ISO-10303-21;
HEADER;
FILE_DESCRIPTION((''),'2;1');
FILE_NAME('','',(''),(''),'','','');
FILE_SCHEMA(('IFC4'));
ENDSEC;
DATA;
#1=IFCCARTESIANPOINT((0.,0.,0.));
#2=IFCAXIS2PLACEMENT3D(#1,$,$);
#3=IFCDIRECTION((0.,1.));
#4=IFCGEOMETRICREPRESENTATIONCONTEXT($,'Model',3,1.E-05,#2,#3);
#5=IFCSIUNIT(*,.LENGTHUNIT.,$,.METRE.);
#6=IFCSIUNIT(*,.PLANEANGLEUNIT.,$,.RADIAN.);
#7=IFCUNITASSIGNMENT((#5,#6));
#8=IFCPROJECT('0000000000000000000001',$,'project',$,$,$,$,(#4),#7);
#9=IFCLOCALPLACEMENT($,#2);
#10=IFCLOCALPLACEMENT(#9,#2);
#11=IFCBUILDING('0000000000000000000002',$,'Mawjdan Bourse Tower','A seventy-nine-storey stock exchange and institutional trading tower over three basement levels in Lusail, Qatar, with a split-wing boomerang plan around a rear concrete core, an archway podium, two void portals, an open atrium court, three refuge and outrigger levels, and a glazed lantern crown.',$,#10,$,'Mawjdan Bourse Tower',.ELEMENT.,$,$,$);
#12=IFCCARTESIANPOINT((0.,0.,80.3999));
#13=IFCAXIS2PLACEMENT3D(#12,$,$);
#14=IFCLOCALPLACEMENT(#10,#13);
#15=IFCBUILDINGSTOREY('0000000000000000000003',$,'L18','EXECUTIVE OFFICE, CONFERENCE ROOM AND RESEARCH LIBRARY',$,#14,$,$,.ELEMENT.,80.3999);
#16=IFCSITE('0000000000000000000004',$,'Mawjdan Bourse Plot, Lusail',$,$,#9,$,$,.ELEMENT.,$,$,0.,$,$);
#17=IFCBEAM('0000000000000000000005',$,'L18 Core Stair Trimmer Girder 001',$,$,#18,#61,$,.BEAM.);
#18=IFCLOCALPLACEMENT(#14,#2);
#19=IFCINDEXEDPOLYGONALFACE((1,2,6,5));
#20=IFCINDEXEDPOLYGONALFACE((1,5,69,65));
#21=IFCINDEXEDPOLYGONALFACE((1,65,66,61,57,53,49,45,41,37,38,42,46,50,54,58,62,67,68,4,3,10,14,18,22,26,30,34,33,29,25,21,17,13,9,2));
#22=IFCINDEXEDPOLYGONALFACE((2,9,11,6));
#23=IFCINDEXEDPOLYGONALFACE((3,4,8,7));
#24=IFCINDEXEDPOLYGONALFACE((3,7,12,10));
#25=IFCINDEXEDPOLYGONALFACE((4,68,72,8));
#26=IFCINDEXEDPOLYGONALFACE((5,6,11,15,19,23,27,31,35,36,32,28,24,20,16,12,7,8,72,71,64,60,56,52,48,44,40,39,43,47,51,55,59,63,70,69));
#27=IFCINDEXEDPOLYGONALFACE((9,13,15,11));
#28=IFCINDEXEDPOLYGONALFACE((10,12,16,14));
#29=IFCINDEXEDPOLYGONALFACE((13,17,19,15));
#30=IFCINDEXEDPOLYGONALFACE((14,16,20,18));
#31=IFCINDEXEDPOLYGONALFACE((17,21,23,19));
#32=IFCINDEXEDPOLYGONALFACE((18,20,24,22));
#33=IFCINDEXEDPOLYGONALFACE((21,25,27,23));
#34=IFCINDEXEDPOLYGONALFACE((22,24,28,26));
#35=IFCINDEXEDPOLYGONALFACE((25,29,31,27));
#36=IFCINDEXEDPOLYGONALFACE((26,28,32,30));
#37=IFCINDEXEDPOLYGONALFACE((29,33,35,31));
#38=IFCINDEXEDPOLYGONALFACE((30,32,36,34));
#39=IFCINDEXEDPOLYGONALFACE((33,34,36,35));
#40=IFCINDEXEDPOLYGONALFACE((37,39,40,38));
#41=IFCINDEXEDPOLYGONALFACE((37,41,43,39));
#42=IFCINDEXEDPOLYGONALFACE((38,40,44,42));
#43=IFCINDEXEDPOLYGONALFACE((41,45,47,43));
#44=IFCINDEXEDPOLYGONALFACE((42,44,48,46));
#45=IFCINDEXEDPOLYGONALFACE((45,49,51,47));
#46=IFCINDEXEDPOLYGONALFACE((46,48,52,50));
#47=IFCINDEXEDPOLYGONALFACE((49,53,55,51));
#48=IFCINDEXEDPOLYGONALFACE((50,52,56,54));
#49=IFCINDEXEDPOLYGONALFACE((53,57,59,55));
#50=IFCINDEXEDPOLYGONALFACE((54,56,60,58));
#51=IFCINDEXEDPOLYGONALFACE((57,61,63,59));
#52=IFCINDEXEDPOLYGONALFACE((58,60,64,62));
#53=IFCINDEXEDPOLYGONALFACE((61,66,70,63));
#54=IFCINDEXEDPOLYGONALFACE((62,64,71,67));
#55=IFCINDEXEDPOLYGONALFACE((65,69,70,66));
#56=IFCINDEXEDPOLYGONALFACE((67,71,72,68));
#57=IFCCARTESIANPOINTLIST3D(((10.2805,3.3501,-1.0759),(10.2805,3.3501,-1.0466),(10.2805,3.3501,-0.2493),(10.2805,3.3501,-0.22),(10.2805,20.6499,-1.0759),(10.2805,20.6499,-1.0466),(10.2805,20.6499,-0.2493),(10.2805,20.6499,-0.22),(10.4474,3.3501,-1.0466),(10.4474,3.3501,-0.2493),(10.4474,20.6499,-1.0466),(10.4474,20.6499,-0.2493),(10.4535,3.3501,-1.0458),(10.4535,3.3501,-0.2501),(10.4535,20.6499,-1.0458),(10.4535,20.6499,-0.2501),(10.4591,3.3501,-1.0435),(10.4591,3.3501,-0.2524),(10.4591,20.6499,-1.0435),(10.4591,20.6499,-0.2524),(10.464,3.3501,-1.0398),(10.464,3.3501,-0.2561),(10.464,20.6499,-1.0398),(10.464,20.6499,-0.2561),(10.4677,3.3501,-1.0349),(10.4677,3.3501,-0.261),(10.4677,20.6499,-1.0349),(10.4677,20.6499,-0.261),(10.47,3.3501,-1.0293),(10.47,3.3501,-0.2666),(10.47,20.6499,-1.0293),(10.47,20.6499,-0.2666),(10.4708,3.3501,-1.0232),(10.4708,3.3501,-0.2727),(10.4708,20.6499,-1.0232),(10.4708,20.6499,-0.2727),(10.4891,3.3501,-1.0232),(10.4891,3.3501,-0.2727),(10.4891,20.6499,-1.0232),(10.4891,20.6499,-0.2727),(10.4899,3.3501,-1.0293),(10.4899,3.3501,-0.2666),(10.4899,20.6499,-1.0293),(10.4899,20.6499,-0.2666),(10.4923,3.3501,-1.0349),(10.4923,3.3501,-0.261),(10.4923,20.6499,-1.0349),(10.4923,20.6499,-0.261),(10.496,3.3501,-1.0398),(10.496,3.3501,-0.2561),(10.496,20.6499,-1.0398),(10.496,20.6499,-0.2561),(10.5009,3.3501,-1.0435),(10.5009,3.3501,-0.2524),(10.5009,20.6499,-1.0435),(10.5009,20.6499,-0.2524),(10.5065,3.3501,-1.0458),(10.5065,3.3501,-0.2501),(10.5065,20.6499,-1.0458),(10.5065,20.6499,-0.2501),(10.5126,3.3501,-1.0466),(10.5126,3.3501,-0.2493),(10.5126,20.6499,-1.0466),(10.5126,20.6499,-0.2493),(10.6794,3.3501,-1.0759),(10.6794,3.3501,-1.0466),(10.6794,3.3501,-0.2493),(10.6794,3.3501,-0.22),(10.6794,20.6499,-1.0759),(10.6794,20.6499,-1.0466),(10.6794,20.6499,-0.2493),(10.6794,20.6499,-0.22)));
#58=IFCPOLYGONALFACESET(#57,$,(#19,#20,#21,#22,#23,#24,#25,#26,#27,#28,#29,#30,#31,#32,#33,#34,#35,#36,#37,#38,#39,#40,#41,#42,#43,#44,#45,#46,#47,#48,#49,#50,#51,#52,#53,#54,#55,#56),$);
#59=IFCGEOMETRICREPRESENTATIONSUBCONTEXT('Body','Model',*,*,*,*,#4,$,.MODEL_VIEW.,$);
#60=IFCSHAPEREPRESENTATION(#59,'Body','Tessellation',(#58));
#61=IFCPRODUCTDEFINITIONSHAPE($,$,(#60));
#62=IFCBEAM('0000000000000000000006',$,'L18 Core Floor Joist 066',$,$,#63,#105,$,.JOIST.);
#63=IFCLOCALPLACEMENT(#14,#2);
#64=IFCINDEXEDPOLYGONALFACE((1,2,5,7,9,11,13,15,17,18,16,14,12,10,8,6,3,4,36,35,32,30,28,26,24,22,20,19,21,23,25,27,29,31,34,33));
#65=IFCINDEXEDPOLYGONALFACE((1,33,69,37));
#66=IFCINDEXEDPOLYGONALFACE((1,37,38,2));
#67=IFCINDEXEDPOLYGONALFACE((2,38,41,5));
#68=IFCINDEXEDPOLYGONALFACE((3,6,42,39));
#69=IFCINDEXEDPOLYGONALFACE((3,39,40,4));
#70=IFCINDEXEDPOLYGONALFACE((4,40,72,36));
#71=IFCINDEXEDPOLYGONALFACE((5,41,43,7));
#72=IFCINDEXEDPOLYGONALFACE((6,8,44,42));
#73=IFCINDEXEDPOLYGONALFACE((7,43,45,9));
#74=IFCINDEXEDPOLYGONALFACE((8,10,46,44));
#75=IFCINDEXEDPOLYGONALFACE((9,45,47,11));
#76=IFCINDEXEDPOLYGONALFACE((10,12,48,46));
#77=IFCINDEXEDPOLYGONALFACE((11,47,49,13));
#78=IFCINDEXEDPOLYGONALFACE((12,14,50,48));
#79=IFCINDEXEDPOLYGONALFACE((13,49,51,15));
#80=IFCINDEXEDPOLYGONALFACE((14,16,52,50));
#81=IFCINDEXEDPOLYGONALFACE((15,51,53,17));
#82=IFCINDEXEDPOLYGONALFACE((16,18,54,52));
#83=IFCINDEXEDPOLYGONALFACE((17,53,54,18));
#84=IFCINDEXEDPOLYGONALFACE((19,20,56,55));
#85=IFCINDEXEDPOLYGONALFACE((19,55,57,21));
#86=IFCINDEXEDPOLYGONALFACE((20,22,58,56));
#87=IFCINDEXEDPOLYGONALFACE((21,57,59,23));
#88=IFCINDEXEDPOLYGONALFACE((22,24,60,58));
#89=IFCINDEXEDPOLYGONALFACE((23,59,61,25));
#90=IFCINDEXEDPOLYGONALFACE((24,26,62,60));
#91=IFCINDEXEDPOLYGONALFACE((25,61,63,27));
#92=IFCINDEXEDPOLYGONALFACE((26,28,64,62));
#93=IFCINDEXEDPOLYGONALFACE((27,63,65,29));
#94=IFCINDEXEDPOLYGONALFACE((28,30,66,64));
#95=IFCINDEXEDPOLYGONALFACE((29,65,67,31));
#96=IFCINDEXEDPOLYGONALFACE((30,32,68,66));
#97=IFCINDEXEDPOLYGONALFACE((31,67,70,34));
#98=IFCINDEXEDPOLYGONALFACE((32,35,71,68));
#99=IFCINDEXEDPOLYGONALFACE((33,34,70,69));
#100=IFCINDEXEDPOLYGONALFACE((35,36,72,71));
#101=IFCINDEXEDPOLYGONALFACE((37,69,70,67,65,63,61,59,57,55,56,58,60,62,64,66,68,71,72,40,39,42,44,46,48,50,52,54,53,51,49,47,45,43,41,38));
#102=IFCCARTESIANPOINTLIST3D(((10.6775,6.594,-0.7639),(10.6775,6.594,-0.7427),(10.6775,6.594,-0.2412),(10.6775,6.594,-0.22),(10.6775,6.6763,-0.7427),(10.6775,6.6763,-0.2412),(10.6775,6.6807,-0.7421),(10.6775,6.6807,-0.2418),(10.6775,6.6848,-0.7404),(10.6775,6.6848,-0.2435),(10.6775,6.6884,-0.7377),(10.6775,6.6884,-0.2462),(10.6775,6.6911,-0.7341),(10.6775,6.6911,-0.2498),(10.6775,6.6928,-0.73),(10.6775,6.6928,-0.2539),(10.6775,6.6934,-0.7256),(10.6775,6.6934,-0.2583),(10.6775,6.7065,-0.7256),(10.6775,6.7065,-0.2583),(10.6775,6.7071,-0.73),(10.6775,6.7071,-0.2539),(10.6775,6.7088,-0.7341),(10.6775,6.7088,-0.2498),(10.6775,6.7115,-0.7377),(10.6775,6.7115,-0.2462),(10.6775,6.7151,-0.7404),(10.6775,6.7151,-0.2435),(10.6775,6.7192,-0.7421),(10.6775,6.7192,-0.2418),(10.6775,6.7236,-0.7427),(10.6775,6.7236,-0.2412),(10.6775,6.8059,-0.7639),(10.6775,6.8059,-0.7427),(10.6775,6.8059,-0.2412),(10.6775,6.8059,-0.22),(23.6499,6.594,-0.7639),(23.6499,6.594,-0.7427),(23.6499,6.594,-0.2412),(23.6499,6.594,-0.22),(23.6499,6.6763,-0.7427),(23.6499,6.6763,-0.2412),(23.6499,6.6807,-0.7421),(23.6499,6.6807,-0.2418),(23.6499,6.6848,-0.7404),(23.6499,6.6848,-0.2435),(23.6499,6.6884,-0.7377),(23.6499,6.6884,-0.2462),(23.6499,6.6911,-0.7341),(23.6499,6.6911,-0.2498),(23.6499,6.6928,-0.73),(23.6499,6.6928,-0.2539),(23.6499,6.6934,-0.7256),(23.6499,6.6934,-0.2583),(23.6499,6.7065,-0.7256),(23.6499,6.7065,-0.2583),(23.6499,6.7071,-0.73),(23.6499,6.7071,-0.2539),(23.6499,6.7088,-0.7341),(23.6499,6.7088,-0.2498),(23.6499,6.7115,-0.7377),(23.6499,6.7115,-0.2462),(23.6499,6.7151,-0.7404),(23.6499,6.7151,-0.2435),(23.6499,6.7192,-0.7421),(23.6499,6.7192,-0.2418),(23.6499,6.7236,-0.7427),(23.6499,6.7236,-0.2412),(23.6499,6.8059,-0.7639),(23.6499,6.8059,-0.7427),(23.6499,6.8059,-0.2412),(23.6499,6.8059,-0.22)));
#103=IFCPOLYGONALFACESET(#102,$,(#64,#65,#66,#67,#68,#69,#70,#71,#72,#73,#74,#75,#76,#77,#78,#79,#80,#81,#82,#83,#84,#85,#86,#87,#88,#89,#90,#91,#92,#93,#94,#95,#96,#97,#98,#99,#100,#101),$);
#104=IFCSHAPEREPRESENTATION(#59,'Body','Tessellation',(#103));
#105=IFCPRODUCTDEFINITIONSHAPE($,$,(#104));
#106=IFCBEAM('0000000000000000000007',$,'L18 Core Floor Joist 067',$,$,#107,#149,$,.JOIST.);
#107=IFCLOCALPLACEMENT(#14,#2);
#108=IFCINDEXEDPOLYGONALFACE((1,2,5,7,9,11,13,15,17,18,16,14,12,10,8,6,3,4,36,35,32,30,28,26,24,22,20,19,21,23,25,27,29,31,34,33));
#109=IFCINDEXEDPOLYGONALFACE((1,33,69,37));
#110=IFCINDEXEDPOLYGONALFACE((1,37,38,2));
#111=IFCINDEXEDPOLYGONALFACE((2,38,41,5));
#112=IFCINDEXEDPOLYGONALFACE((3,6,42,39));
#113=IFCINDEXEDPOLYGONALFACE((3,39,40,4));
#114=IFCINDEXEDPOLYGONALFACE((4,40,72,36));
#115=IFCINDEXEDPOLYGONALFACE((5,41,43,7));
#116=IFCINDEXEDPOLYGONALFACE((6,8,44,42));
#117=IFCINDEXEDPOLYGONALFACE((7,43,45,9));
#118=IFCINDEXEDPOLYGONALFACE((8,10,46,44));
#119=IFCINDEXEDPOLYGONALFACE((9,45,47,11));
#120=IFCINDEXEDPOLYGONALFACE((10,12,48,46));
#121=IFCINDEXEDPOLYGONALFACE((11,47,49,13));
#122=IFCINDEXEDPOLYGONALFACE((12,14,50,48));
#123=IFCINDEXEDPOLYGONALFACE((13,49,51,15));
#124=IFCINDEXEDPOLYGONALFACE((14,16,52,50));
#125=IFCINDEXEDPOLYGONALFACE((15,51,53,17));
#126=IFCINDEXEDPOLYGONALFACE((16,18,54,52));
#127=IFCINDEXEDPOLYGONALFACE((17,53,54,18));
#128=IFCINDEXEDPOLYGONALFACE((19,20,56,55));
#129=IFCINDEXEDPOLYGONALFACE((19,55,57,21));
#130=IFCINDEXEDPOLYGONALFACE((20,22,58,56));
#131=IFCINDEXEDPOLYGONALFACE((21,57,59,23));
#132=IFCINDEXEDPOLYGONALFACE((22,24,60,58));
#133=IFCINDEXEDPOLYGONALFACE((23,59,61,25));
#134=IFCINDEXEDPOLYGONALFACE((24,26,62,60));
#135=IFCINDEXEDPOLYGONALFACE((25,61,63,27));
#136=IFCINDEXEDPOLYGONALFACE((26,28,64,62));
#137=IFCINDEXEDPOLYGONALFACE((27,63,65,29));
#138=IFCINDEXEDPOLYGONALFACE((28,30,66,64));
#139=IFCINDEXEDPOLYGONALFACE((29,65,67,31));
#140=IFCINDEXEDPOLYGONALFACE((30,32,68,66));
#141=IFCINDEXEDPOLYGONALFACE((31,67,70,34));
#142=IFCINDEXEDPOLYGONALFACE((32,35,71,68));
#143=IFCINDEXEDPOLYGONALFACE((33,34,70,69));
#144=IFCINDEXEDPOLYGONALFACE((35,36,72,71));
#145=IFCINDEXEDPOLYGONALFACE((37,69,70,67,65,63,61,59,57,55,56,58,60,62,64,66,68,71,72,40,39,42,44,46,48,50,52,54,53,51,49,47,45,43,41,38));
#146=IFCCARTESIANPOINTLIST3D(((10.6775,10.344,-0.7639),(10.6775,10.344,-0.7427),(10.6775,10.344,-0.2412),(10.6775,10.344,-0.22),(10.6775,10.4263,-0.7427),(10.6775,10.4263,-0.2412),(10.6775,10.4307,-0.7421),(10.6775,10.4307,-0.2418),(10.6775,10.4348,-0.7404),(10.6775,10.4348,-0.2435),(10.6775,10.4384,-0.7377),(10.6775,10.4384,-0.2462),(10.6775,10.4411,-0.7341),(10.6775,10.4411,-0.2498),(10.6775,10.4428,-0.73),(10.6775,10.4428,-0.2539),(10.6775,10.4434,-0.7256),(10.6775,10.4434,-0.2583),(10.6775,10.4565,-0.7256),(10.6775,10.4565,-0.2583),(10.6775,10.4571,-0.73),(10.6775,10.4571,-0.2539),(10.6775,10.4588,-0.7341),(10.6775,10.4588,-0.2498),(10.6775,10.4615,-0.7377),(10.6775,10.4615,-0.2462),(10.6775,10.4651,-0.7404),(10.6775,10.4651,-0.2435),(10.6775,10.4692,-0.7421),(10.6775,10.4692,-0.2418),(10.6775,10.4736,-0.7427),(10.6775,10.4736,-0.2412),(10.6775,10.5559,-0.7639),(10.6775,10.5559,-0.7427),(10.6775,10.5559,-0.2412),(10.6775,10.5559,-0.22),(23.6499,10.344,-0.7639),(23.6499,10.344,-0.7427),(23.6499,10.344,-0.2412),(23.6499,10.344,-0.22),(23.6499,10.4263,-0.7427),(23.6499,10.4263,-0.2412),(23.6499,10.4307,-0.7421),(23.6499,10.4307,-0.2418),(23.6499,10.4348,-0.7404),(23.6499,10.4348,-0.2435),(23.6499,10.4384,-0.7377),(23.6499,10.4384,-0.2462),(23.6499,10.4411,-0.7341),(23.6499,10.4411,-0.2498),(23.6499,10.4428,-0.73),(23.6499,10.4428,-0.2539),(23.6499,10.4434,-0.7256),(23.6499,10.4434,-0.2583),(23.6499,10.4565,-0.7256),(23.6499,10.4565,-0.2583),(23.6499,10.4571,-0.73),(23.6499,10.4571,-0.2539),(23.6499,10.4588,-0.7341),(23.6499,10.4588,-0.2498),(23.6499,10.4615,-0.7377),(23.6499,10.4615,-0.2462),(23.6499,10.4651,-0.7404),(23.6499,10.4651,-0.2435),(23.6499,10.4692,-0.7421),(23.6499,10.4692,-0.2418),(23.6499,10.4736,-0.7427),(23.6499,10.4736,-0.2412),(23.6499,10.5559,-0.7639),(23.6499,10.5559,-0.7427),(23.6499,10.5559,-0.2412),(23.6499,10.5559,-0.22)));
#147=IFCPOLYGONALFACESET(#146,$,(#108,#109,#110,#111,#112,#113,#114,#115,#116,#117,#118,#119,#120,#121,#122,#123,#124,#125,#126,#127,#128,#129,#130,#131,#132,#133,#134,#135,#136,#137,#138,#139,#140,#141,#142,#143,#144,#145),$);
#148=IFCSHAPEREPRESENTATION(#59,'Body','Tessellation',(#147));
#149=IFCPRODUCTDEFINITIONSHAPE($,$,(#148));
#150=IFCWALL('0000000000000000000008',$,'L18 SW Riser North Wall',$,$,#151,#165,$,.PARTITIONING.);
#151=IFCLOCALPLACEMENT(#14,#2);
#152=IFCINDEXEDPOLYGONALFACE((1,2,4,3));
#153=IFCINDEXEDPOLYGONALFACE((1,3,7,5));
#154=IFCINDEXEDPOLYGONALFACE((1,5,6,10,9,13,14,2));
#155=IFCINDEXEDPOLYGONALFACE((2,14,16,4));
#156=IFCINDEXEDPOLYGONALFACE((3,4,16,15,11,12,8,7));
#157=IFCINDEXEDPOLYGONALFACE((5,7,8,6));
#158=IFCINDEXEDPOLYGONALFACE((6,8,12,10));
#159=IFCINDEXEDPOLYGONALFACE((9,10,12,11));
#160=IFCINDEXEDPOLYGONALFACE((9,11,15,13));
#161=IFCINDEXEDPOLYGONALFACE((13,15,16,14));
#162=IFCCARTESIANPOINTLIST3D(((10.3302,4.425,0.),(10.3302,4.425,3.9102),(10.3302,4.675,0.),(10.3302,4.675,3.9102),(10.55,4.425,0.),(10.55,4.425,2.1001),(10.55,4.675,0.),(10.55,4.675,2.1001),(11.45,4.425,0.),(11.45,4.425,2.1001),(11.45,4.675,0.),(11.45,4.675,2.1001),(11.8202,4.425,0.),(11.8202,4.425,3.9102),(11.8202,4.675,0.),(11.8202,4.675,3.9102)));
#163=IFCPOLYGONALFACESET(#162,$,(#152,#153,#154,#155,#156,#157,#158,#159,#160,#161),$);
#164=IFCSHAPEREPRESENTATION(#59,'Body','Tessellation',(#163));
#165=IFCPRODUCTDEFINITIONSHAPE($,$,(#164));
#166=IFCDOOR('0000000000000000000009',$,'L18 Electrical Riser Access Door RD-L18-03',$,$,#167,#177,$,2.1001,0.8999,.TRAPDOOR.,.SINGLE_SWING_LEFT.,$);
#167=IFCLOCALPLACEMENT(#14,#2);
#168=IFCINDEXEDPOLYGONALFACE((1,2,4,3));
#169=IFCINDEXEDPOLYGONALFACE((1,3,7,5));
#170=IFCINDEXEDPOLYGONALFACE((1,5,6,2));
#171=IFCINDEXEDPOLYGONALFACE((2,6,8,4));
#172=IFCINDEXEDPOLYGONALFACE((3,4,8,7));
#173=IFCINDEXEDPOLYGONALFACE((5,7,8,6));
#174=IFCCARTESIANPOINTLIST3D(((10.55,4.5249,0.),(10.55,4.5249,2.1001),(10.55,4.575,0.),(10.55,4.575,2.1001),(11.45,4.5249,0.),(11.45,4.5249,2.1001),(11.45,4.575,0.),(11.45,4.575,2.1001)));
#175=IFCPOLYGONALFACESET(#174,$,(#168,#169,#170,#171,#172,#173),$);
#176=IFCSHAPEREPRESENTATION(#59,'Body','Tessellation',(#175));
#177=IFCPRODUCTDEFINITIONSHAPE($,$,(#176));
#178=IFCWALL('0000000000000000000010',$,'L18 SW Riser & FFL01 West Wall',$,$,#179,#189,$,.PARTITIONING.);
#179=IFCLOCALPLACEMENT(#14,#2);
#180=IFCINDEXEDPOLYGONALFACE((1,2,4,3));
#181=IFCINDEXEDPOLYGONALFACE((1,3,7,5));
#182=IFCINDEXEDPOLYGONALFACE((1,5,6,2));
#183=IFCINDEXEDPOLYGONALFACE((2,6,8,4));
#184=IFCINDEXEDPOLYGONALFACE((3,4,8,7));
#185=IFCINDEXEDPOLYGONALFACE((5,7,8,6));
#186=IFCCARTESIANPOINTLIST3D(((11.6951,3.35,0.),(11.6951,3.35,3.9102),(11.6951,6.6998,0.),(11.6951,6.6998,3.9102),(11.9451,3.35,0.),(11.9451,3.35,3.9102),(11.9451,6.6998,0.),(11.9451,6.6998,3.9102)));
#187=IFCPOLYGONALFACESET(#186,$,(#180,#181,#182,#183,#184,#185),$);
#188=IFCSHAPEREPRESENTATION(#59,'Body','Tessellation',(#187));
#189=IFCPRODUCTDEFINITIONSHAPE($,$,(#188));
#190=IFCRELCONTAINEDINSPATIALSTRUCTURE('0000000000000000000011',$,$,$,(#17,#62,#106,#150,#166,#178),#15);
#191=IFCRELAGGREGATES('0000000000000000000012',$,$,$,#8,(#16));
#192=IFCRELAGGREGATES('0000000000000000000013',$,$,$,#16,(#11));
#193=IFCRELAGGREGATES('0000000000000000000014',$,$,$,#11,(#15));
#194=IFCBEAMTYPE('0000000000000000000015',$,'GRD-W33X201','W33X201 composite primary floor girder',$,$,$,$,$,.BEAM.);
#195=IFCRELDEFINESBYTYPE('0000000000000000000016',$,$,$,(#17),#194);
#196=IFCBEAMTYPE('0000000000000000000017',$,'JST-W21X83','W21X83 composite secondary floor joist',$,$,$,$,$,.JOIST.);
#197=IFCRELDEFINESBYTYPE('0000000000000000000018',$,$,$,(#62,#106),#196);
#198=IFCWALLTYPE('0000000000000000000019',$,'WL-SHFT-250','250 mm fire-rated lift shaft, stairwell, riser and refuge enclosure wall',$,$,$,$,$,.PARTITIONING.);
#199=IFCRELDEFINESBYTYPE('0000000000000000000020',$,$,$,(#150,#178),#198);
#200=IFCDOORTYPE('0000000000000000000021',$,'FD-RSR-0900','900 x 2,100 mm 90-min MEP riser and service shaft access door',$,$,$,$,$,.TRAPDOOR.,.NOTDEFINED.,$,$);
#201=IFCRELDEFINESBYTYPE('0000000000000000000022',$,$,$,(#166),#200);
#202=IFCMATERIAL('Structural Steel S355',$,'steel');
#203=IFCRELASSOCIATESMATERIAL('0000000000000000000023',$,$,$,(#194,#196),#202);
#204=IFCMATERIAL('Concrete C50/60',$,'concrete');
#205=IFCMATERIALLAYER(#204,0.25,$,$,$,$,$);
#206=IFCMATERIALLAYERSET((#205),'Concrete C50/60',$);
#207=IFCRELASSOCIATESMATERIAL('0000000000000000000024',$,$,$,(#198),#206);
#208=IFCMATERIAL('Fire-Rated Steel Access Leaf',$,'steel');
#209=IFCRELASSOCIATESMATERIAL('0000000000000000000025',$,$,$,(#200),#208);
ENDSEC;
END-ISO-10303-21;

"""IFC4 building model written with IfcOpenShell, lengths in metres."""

from ifc_helpers import new_model, si_unit, direction, frame, frame_2d, origin, origin_2d, place, context, subcontext, project, spatial, rectangle, i_section, extrude, material, layer, layer_set, material_profile, profile_set, type_object, element, fill, save


model = new_model("IFC4")

# Units and contexts
model_context = context("Model", 3, precision=1e-05, world=origin(), true_north=direction((0.0, 1.0)))
body_context = subcontext(model_context, "Body", "Model", "MODEL_VIEW")
ifc_project = project(units=[si_unit("LENGTHUNIT", "METRE"), si_unit("PLANEANGLEUNIT", "RADIAN")], contexts=[model_context])

# Site, building, storey
site_placement = place(None, origin())
site = spatial("IfcSite", under=ifc_project, at=site_placement, Name="Mawjdan Bourse Plot, Lusail", CompositionType="ELEMENT", RefElevation=0.0)
building_placement = place(site_placement, origin())
building = spatial("IfcBuilding", under=site, at=building_placement, Name="Mawjdan Bourse Tower", Description="A seventy-nine-storey stock exchange and institutional trading tower over three basement levels in Lusail, Qatar, with a split-wing boomerang plan around a rear concrete core, an archway podium, two void portals, an open atrium court, three refuge and outrigger levels, and a glazed lantern crown.", LongName="Mawjdan Bourse Tower", CompositionType="ELEMENT")
storey_placement = place(building_placement, frame((0.0, 0.0, 80.3999)))
storey = spatial("IfcBuildingStorey", under=building, at=storey_placement, Name="L18", Description="EXECUTIVE OFFICE, CONFERENCE ROOM AND RESEARCH LIBRARY", CompositionType="ELEMENT", Elevation=80.3999)

# Beams
ifc_material_1 = material(Name="Structural Steel S355", Category="steel")
ifc_material_profile_1 = material_profile(ifc_material_1, i_section(OverallWidth=0.3989, OverallDepth=0.856, WebThickness=0.0183, FlangeThickness=0.0293, FilletRadius=0.0234, at=origin_2d()), Name="W33X201")
ifc_profile_set_1 = profile_set([ifc_material_profile_1], Name="Structural Steel S355")
beam_type_1 = type_object("IfcBeamType", Name="GRD-W33X201", Description="W33X201 composite primary floor girder", PredefinedType="BEAM", material=ifc_profile_set_1)
beam_placement = place(storey_placement, frame((10.48, 3.3501, -0.6479), z_axis=(0.0, 1.0, 0.0), x_axis=(-1.0, 0.0, 0.0)))
element("IfcBeam", 1, at=beam_placement, inside=storey, type_object=beam_type_1, Name="L18 Core Stair Trimmer Girder 001", PredefinedType="BEAM", context=body_context, shape_type="SweptSolid", body=[
    extrude(i_section(OverallWidth=0.3989, OverallDepth=0.856, WebThickness=0.0183, FlangeThickness=0.0293, FilletRadius=0.0234, at=origin_2d()), origin(), (0.0, 0.0, 1.0), 17.2998),
])
ifc_material_profile_2 = material_profile(ifc_material_1, i_section(OverallWidth=0.2119, OverallDepth=0.5439, WebThickness=0.0132, FlangeThickness=0.0212, FilletRadius=0.0171, at=origin_2d()), Name="W21X83")
ifc_profile_set_2 = profile_set([ifc_material_profile_2], Name="Structural Steel S355")
beam_type_2 = type_object("IfcBeamType", Name="JST-W21X83", Description="W21X83 composite secondary floor joist", PredefinedType="JOIST", material=ifc_profile_set_2)
for number, where, z_axis, x_axis, name in (
    (2, (10.6775, 6.7, -0.4919), (1.0, 0.0, 0.0), (0.0, 1.0, 0.0), "L18 Core Floor Joist 066"),
    (3, (10.6775, 10.45, -0.4919), (1.0, 0.0, 0.0), (0.0, 1.0, 0.0), "L18 Core Floor Joist 067"),
):
    element("IfcBeam", number, at=place(storey_placement, frame(where, z_axis=z_axis, x_axis=x_axis)), inside=storey, type_object=beam_type_2, Name=name, PredefinedType="JOIST", context=body_context, shape_type="SweptSolid", body=[
        extrude(i_section(OverallWidth=0.2119, OverallDepth=0.5439, WebThickness=0.0132, FlangeThickness=0.0212, FilletRadius=0.0171, at=origin_2d()), origin(), (0.0, 0.0, 1.0), 12.9724),
    ])

# Wall, opening, door
ifc_material_2 = material(Name="Concrete C50/60", Category="concrete")
ifc_layer_1 = layer(ifc_material_2, 0.25)
ifc_layer_set_1 = layer_set([ifc_layer_1], Name="Concrete C50/60")
wall_type_1 = type_object("IfcWallType", Name="WL-SHFT-250", Description="250 mm fire-rated lift shaft, stairwell, riser and refuge enclosure wall", PredefinedType="PARTITIONING", material=ifc_layer_set_1)
wall_1_placement = place(storey_placement, frame((10.3301, 4.55, 0.0), z_axis=(0.0, 0.0, 1.0), x_axis=(1.0, 0.0, 0.0)))
wall_1 = element("IfcWall", 4, at=wall_1_placement, inside=storey, type_object=wall_type_1, Name="L18 SW Riser North Wall", PredefinedType="PARTITIONING", context=body_context, shape_type="SweptSolid", body=[
    extrude(rectangle(XDim=1.49, YDim=0.25, at=frame_2d((0.7451, 0.0))), origin(), (0.0, 0.0, 1.0), 3.9102),
])
opening_1_placement = place(wall_1_placement, frame((0.22, 0.0, 0.0)))
opening_1 = element("IfcOpeningElement", 5, at=opening_1_placement, cuts=wall_1, PredefinedType="OPENING", context=body_context, shape_type="SweptSolid", body=[
    extrude(rectangle(XDim=0.8999, YDim=2.1001, at=frame_2d((0.45, 1.05))), frame((0.0, 0.135, 0.0), z_axis=(0.0, -1.0, 0.0), x_axis=(1.0, 0.0, 0.0)), (0.0, 0.0, 1.0), 0.27),
])
ifc_material_3 = material(Name="Fire-Rated Steel Access Leaf", Category="steel")
door_type_1 = type_object("IfcDoorType", Name="FD-RSR-0900", Description="900 x 2,100 mm 90-min MEP riser and service shaft access door", OperationType="NOTDEFINED", PredefinedType="TRAPDOOR", material=ifc_material_3)
door_1_placement = place(opening_1_placement, origin())
door_1 = element("IfcDoor", 6, at=door_1_placement, inside=storey, type_object=door_type_1, Name="L18 Electrical Riser Access Door RD-L18-03", OperationType="SINGLE_SWING_LEFT", OverallHeight=2.1001, OverallWidth=0.8999, PredefinedType="TRAPDOOR", context=body_context, shape_type="SweptSolid", body=[
    extrude(rectangle(XDim=0.8999, YDim=2.1001, at=frame_2d((0.45, 1.05))), frame((0.0, 0.0249, 0.0), z_axis=(0.0, -1.0, 0.0), x_axis=(1.0, 0.0, 0.0)), (0.0, 0.0, 1.0), 0.05),
])
fill(opening_1, door_1)

# Wall
wall_2_placement = place(storey_placement, frame((11.8201, 3.3501, 0.0), z_axis=(0.0, 0.0, 1.0), x_axis=(0.0, 1.0, 0.0)))
element("IfcWall", 7, at=wall_2_placement, inside=storey, type_object=wall_type_1, Name="L18 SW Riser & FFL01 West Wall", PredefinedType="PARTITIONING", context=body_context, shape_type="SweptSolid", body=[
    extrude(rectangle(XDim=3.3499, YDim=0.25, at=frame_2d((1.6748, 0.0))), origin(), (0.0, 0.0, 1.0), 3.9102),
])

save(model, "model.ifc")
